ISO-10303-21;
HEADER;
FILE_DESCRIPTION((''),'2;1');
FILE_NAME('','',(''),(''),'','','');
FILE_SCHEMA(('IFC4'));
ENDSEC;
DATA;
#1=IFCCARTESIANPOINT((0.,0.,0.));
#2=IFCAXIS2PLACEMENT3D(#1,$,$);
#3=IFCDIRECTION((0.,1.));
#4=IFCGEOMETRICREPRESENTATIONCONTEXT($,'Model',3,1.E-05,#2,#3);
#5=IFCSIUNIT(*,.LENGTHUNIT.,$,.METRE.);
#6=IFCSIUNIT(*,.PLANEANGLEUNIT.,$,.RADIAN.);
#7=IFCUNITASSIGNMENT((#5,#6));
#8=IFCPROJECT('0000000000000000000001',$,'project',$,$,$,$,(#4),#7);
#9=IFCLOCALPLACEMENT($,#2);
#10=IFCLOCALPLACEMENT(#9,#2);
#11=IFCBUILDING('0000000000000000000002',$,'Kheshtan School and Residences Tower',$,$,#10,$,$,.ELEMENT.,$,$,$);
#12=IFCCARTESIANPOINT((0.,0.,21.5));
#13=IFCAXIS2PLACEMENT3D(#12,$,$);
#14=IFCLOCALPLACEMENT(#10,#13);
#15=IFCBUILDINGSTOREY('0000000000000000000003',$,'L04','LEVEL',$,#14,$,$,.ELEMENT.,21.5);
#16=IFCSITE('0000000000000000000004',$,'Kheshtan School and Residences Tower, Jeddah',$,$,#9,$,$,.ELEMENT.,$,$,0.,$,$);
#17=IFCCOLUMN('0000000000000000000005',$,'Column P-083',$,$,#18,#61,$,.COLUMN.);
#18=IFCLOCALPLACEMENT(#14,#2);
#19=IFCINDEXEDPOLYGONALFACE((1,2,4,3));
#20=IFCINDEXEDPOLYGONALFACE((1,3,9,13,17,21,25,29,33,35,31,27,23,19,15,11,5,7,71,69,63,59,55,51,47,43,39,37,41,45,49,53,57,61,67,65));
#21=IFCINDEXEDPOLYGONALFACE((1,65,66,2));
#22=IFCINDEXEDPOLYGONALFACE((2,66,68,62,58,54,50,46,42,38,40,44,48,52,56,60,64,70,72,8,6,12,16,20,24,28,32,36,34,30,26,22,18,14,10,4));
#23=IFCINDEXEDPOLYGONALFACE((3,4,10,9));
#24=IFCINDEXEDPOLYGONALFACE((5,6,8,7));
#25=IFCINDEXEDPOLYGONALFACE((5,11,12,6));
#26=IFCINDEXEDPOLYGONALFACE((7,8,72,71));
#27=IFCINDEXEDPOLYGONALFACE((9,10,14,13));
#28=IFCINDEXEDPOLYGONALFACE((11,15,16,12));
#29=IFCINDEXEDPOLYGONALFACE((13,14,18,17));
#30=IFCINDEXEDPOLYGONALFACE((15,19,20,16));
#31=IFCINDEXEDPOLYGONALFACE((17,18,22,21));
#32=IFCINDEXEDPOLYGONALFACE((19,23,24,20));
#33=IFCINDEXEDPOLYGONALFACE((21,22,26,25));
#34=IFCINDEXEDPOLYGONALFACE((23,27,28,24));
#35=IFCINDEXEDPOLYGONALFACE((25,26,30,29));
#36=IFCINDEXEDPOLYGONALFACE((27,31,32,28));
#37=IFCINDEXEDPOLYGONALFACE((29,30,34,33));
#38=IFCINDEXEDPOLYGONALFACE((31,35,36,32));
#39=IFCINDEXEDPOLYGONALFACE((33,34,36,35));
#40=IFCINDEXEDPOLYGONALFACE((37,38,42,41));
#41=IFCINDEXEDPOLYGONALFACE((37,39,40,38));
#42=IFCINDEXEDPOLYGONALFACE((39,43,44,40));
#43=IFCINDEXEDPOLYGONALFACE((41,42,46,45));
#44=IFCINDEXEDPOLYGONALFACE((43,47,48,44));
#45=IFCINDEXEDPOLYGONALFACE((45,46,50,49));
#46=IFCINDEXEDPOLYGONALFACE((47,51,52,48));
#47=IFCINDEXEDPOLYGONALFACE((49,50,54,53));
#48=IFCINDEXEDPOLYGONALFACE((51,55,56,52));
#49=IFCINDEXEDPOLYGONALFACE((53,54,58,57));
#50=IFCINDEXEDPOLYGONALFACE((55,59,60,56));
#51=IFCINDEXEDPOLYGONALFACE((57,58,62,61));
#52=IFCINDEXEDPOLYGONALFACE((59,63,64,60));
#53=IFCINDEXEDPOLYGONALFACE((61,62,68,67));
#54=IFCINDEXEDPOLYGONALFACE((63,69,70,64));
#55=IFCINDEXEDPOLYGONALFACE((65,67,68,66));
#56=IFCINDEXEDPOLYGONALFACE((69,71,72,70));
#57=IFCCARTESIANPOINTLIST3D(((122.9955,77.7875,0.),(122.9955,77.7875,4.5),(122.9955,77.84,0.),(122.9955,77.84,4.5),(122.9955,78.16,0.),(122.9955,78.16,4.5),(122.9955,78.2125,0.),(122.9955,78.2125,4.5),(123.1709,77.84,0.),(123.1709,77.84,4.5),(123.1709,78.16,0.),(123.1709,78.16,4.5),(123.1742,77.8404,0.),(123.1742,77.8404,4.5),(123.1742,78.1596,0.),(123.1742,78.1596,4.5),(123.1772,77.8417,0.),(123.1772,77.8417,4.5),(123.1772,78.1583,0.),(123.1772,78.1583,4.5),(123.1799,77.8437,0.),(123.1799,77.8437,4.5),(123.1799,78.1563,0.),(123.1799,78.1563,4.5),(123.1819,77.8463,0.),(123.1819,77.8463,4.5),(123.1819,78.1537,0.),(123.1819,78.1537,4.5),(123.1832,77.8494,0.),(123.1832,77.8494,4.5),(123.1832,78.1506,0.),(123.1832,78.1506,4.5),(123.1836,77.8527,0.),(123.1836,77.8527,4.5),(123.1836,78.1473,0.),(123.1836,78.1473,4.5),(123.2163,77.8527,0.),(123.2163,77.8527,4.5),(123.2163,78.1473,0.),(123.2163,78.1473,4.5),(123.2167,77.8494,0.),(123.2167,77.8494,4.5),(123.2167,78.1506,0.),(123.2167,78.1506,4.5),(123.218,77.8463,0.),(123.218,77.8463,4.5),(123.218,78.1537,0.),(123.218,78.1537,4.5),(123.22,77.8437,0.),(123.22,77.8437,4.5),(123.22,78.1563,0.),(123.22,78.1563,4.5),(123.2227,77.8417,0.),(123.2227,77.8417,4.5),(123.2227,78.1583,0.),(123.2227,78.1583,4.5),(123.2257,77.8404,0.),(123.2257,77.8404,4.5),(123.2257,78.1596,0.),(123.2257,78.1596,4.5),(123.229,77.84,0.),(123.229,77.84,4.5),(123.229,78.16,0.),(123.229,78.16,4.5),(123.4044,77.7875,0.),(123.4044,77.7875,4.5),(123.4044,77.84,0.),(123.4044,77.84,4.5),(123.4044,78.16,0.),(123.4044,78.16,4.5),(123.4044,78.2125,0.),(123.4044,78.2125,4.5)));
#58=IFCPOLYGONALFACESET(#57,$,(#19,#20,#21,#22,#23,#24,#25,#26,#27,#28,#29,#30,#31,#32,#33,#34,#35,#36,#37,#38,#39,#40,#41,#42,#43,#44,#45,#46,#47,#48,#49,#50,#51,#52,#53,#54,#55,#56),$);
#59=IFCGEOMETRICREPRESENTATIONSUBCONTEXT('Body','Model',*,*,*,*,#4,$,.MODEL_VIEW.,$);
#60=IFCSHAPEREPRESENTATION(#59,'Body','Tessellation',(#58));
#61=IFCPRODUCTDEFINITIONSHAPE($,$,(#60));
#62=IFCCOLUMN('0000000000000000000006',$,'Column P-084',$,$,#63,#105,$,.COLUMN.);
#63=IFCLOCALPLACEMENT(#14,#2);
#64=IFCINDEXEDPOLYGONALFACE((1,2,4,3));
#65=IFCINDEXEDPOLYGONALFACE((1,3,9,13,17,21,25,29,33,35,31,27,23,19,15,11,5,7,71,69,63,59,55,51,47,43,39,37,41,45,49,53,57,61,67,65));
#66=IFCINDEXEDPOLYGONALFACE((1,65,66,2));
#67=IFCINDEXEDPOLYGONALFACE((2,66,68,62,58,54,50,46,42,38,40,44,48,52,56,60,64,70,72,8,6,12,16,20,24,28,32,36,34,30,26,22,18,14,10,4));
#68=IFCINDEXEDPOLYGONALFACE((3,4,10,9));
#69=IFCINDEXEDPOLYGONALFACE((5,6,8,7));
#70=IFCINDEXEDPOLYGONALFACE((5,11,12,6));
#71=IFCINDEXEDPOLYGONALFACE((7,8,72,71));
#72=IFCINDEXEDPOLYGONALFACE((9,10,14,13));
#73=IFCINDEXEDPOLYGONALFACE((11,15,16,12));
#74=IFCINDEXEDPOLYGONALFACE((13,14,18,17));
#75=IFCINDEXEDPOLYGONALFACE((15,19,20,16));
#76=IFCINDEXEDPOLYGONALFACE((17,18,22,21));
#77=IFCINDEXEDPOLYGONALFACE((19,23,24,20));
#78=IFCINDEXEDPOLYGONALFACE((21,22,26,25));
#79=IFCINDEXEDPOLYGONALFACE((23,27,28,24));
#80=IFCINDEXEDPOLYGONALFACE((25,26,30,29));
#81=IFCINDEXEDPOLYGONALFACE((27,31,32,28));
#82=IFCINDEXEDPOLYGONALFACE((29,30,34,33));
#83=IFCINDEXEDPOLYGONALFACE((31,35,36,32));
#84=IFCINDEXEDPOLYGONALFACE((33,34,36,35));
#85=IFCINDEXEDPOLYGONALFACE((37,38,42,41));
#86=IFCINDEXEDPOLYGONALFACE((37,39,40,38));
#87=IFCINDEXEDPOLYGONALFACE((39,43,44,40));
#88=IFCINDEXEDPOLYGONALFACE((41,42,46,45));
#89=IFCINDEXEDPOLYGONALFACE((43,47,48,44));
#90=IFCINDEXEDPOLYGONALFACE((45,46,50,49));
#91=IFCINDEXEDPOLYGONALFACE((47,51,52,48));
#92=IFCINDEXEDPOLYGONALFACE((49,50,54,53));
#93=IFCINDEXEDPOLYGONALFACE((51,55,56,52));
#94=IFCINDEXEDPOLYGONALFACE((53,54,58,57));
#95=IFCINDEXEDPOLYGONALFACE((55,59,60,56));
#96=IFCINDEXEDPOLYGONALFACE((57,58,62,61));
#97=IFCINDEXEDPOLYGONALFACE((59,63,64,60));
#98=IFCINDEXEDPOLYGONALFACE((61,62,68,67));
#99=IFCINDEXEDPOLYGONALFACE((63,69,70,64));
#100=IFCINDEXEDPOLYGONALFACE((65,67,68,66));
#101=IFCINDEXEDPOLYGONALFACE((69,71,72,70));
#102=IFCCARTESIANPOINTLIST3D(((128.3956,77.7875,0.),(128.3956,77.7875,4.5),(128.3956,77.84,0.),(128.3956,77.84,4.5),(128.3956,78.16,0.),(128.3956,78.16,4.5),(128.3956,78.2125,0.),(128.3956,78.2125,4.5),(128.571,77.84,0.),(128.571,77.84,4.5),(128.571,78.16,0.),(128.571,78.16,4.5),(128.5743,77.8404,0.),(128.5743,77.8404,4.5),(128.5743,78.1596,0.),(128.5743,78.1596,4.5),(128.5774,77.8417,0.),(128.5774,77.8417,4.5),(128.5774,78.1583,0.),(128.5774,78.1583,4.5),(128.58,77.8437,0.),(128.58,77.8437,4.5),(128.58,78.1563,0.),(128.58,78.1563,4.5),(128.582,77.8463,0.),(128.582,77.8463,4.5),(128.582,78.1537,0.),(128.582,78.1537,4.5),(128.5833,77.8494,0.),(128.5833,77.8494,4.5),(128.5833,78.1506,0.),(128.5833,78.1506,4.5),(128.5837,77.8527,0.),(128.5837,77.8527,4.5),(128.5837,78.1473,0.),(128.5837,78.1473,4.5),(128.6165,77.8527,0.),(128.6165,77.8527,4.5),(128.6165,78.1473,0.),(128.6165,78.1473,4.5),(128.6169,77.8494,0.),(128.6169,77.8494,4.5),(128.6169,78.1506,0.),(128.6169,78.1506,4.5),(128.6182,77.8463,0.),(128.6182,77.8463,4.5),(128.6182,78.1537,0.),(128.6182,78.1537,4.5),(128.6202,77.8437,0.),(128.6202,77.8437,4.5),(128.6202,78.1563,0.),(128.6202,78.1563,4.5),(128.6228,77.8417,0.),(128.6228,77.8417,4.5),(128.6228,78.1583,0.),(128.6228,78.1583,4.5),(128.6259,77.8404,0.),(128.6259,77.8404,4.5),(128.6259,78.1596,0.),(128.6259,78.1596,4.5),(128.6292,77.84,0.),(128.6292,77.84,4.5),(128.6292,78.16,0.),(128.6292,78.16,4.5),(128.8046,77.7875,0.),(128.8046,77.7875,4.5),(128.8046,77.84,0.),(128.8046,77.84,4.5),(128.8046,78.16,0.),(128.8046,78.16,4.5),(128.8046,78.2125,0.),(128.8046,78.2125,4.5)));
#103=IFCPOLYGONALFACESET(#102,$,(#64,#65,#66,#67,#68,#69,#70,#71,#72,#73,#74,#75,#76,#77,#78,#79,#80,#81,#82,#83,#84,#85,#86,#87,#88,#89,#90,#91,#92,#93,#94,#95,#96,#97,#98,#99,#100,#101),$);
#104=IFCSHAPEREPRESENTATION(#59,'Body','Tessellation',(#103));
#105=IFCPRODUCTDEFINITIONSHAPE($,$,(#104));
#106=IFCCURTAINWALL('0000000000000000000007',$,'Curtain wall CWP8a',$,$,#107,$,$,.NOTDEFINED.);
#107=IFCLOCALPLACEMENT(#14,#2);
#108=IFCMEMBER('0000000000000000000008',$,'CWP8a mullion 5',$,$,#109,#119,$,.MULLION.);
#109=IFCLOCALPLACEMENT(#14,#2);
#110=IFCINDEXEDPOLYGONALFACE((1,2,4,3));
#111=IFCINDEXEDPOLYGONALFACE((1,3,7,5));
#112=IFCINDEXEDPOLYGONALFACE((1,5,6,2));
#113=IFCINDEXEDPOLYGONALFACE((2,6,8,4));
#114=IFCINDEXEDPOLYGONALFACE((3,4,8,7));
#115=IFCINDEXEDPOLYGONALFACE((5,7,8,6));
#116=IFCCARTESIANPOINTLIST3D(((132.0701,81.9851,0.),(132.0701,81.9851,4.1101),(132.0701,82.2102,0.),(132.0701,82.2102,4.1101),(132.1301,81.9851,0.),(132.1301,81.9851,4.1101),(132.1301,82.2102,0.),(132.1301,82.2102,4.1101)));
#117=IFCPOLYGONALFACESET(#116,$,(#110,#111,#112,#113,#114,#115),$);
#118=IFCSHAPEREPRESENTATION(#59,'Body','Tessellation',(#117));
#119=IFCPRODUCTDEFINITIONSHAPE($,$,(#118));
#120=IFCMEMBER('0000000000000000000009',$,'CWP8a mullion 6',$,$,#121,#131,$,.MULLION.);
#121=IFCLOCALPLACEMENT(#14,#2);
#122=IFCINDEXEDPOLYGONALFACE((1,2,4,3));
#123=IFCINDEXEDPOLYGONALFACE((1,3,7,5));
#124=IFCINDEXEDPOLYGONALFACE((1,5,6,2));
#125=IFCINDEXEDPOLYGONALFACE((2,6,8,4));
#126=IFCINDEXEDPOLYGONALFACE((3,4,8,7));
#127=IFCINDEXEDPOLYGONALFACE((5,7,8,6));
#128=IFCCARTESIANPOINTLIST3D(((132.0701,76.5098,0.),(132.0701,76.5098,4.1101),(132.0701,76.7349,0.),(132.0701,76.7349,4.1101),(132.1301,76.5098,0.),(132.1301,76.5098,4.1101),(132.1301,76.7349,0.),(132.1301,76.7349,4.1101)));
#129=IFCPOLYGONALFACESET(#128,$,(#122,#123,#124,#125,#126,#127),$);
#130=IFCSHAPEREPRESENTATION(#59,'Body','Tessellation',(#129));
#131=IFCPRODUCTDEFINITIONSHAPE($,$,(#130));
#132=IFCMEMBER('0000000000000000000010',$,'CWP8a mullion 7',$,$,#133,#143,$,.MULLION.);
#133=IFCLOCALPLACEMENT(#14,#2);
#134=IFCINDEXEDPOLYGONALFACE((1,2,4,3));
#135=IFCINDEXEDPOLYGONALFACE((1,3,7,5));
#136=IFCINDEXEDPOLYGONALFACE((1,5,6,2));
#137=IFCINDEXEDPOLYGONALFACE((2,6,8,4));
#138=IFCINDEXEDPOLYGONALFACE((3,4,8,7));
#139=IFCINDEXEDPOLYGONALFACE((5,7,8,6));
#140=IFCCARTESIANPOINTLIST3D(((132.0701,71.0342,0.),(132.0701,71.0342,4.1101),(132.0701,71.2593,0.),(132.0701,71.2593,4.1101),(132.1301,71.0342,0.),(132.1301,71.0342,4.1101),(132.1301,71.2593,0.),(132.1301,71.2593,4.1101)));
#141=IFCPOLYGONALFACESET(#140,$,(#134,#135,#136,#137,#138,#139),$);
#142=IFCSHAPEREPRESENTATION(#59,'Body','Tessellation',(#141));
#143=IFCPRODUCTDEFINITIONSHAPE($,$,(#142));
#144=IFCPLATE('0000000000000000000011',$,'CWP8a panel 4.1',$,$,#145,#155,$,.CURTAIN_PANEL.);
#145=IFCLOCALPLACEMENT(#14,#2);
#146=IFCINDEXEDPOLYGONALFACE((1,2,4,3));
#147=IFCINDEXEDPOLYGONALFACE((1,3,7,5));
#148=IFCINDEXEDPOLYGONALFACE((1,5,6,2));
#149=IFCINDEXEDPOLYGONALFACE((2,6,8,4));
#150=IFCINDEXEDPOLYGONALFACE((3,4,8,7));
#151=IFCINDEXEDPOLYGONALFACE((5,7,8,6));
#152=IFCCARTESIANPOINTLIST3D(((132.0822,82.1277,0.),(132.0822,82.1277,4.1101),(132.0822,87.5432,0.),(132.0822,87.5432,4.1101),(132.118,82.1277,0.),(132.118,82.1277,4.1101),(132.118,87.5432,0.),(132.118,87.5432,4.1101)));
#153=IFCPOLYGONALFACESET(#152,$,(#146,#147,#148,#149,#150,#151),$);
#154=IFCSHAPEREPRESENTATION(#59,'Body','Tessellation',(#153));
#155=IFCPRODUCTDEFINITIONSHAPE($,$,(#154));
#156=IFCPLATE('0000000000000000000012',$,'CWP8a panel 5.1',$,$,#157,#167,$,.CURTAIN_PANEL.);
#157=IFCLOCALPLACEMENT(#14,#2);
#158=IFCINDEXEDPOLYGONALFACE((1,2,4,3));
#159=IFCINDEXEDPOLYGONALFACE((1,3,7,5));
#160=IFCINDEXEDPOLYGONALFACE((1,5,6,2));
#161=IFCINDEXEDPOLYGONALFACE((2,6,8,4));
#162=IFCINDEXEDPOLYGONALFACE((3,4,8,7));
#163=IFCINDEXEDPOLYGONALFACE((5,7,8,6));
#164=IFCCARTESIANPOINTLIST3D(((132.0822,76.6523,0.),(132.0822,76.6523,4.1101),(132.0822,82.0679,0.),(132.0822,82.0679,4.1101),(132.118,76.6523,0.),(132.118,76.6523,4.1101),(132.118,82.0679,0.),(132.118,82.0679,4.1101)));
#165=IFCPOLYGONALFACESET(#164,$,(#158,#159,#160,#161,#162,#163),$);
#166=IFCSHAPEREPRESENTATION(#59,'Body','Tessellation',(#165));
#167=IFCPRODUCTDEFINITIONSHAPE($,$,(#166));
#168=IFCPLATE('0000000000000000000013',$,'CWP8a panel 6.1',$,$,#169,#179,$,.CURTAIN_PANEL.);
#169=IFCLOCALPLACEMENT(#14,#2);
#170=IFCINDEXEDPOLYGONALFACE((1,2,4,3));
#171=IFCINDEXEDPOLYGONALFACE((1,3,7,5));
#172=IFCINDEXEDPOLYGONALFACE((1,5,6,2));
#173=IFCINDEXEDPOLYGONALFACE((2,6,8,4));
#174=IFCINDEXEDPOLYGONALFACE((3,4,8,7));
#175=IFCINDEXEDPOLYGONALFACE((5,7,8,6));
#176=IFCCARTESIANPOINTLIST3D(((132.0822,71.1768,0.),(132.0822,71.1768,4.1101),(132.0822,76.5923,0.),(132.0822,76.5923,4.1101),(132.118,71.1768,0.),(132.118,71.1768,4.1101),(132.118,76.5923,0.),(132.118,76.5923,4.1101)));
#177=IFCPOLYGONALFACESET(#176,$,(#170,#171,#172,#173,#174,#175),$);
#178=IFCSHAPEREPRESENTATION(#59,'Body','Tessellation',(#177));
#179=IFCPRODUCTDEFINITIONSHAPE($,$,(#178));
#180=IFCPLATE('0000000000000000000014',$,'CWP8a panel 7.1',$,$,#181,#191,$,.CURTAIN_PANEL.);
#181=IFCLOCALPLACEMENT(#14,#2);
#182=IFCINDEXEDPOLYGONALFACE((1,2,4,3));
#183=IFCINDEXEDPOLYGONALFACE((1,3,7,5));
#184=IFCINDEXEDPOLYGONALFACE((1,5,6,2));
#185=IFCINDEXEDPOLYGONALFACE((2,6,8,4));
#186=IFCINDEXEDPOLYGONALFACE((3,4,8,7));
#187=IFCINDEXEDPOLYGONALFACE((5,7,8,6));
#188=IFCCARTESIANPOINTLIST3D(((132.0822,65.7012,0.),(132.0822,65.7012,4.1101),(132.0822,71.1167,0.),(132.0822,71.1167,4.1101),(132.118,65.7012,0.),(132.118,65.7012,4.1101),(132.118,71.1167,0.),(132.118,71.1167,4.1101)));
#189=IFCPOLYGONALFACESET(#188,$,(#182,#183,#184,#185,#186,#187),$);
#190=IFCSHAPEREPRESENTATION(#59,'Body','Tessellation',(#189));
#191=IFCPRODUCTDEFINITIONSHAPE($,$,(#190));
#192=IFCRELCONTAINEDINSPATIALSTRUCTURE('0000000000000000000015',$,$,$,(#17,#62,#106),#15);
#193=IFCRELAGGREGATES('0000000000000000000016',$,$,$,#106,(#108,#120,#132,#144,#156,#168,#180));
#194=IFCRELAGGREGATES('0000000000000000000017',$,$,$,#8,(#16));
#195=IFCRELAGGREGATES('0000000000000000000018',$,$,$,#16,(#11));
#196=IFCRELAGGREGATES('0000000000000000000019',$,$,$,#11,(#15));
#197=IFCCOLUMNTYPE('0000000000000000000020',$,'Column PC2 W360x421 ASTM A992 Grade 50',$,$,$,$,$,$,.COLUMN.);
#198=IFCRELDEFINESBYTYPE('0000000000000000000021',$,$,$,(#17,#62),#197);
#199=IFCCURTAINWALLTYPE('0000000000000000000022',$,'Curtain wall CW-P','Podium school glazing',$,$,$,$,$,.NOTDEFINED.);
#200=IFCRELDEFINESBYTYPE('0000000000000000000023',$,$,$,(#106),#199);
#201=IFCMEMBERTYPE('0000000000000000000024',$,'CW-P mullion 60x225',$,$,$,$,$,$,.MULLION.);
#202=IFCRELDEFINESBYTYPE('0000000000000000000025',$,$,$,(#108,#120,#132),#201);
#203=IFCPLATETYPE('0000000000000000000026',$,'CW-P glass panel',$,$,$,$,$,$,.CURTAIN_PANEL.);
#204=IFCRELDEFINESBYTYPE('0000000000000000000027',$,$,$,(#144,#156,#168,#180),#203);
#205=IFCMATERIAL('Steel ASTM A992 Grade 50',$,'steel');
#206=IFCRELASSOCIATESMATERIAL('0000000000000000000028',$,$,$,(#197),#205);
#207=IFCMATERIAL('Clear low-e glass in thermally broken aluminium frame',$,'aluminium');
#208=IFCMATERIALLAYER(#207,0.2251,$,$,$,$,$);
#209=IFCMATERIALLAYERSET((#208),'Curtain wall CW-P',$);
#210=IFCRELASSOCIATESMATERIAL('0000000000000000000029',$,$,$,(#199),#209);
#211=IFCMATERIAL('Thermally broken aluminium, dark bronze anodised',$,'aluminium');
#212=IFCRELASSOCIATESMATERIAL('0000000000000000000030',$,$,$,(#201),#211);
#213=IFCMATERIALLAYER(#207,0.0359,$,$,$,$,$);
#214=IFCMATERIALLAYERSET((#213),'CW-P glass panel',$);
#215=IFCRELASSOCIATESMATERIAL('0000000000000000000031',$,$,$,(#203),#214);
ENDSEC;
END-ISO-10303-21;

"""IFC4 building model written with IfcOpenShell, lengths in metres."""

from ifc_helpers import new_model, si_unit, direction, frame, origin, origin_2d, place, context, subcontext, project, spatial, rectangle, i_section, extrude, material, layer, layer_set, material_profile, profile_set, type_object, element, aggregate, save


model = new_model("IFC4")

# Units and contexts
model_context = context("Model", 3, precision=1e-05, world=origin(), true_north=direction((0.0, 1.0)))
body_context = subcontext(model_context, "Body", "Model", "MODEL_VIEW")
ifc_project = project(units=[si_unit("LENGTHUNIT", "METRE"), si_unit("PLANEANGLEUNIT", "RADIAN")], contexts=[model_context])

# Site, building, storey
site_placement = place(None, origin())
site = spatial("IfcSite", under=ifc_project, at=site_placement, Name="Kheshtan School and Residences Tower, Jeddah", CompositionType="ELEMENT", RefElevation=0.0)
building_placement = place(site_placement, origin())
building = spatial("IfcBuilding", under=site, at=building_placement, Name="Kheshtan School and Residences Tower", CompositionType="ELEMENT")
storey_placement = place(building_placement, frame((0.0, 0.0, 21.5)))
storey = spatial("IfcBuildingStorey", under=building, at=storey_placement, Name="L04", Description="LEVEL", CompositionType="ELEMENT", Elevation=21.5)

# Columns
ifc_material_1 = material(Name="Steel ASTM A992 Grade 50", Category="steel")
ifc_material_profile_1 = material_profile(ifc_material_1, i_section(OverallWidth=0.4089, OverallDepth=0.425, WebThickness=0.0327, FlangeThickness=0.0525, FilletRadius=0.0127, at=origin_2d()), Name="W360x421")
ifc_profile_set_1 = profile_set([ifc_material_profile_1], Name="Steel ASTM A992 Grade 50")
column_type = type_object("IfcColumnType", Name="Column PC2 W360x421 ASTM A992 Grade 50", PredefinedType="COLUMN", material=ifc_profile_set_1)
for number, where, z_axis, x_axis, name in (
    (1, (123.2, 78.0, 0.0), (0.0, 0.0, 1.0), (1.0, 0.0, 0.0), "Column P-083"),
    (2, (128.6001, 78.0, 0.0), (0.0, 0.0, 1.0), (1.0, 0.0, 0.0), "Column P-084"),
):
    element("IfcColumn", number, at=place(storey_placement, frame(where, z_axis=z_axis, x_axis=x_axis)), inside=storey, type_object=column_type, Name=name, PredefinedType="COLUMN", context=body_context, shape_type="SweptSolid", body=[
        extrude(i_section(OverallWidth=0.4089, OverallDepth=0.425, WebThickness=0.0327, FlangeThickness=0.0525, FilletRadius=0.0127, at=origin_2d()), origin(), (0.0, 0.0, 1.0), 4.5),
    ])

# Curtain wall, members, plates
ifc_material_2 = material(Name="Clear low-e glass in thermally broken aluminium frame", Category="aluminium")
ifc_layer_1 = layer(ifc_material_2, 0.2251)
ifc_layer_set_1 = layer_set([ifc_layer_1], Name="Curtain wall CW-P")
curtain_wall_type = type_object("IfcCurtainWallType", Name="Curtain wall CW-P", Description="Podium school glazing", PredefinedType="NOTDEFINED", material=ifc_layer_set_1)
curtain_wall_placement = place(storey_placement, origin())
curtain_wall = element("IfcCurtainWall", 3, at=curtain_wall_placement, inside=storey, type_object=curtain_wall_type, Name="Curtain wall CWP8a", PredefinedType="NOTDEFINED")
ifc_material_3 = material(Name="Thermally broken aluminium, dark bronze anodised", Category="aluminium")
ifc_material_profile_2 = material_profile(ifc_material_3, rectangle(XDim=0.0601, YDim=0.2251, at=origin_2d()), Name="CW-P mullion 60x225")
ifc_profile_set_2 = profile_set([ifc_material_profile_2], Name="Thermally broken aluminium, dark bronze anodised")
member_type = type_object("IfcMemberType", Name="CW-P mullion 60x225", PredefinedType="MULLION", material=ifc_profile_set_2)
member_1_placement = place(storey_placement, frame((132.1001, 82.0977, 0.0), z_axis=(0.0, 0.0, 1.0), x_axis=(1.0, 0.0, 0.0)))
member_1 = element("IfcMember", 4, at=member_1_placement, type_object=member_type, Name="CWP8a mullion 5", PredefinedType="MULLION", context=body_context, shape_type="SweptSolid", body=[
    extrude(rectangle(XDim=0.0601, YDim=0.2251, at=origin_2d()), origin(), (0.0, 0.0, 1.0), 4.1101),
])
member_2_placement = place(storey_placement, frame((132.1001, 76.6223, 0.0), z_axis=(0.0, 0.0, 1.0), x_axis=(1.0, 0.0, 0.0)))
member_2 = element("IfcMember", 5, at=member_2_placement, type_object=member_type, Name="CWP8a mullion 6", PredefinedType="MULLION", context=body_context, shape_type="SweptSolid", body=[
    extrude(rectangle(XDim=0.0601, YDim=0.2251, at=origin_2d()), origin(), (0.0, 0.0, 1.0), 4.1101),
])
member_3_placement = place(storey_placement, frame((132.1001, 71.1467, 0.0), z_axis=(0.0, 0.0, 1.0), x_axis=(1.0, 0.0, 0.0)))
member_3 = element("IfcMember", 6, at=member_3_placement, type_object=member_type, Name="CWP8a mullion 7", PredefinedType="MULLION", context=body_context, shape_type="SweptSolid", body=[
    extrude(rectangle(XDim=0.0601, YDim=0.2251, at=origin_2d()), origin(), (0.0, 0.0, 1.0), 4.1101),
])
ifc_layer_2 = layer(ifc_material_2, 0.0359)
ifc_layer_set_2 = layer_set([ifc_layer_2], Name="CW-P glass panel")
plate_type = type_object("IfcPlateType", Name="CW-P glass panel", PredefinedType="CURTAIN_PANEL", material=ifc_layer_set_2)
plate_1_placement = place(storey_placement, frame((132.1001, 84.8354, 0.0), z_axis=(0.0, 0.0, 1.0), x_axis=(0.0, -1.0, 0.0)))
plate_1 = element("IfcPlate", 7, at=plate_1_placement, type_object=plate_type, Name="CWP8a panel 4.1", PredefinedType="CURTAIN_PANEL", context=body_context, shape_type="SweptSolid", body=[
    extrude(rectangle(XDim=5.4155, YDim=0.0359, at=origin_2d()), origin(), (0.0, 0.0, 1.0), 4.1101),
])
plate_2_placement = place(storey_placement, frame((132.1001, 79.3601, 0.0), z_axis=(0.0, 0.0, 1.0), x_axis=(0.0, -1.0, 0.0)))
plate_2 = element("IfcPlate", 8, at=plate_2_placement, type_object=plate_type, Name="CWP8a panel 5.1", PredefinedType="CURTAIN_PANEL", context=body_context, shape_type="SweptSolid", body=[
    extrude(rectangle(XDim=5.4155, YDim=0.0359, at=origin_2d()), origin(), (0.0, 0.0, 1.0), 4.1101),
])
plate_3_placement = place(storey_placement, frame((132.1001, 73.8845, 0.0), z_axis=(0.0, 0.0, 1.0), x_axis=(0.0, -1.0, 0.0)))
plate_3 = element("IfcPlate", 9, at=plate_3_placement, type_object=plate_type, Name="CWP8a panel 6.1", PredefinedType="CURTAIN_PANEL", context=body_context, shape_type="SweptSolid", body=[
    extrude(rectangle(XDim=5.4155, YDim=0.0359, at=origin_2d()), origin(), (0.0, 0.0, 1.0), 4.1101),
])
plate_4_placement = place(storey_placement, frame((132.1001, 68.4089, 0.0), z_axis=(0.0, 0.0, 1.0), x_axis=(0.0, -1.0, 0.0)))
plate_4 = element("IfcPlate", 10, at=plate_4_placement, type_object=plate_type, Name="CWP8a panel 7.1", PredefinedType="CURTAIN_PANEL", context=body_context, shape_type="SweptSolid", body=[
    extrude(rectangle(XDim=5.4155, YDim=0.0359, at=origin_2d()), origin(), (0.0, 0.0, 1.0), 4.1101),
])
aggregate(curtain_wall, [member_1, member_2, member_3, plate_1, plate_2, plate_3, plate_4])

save(model, "model.ifc")
